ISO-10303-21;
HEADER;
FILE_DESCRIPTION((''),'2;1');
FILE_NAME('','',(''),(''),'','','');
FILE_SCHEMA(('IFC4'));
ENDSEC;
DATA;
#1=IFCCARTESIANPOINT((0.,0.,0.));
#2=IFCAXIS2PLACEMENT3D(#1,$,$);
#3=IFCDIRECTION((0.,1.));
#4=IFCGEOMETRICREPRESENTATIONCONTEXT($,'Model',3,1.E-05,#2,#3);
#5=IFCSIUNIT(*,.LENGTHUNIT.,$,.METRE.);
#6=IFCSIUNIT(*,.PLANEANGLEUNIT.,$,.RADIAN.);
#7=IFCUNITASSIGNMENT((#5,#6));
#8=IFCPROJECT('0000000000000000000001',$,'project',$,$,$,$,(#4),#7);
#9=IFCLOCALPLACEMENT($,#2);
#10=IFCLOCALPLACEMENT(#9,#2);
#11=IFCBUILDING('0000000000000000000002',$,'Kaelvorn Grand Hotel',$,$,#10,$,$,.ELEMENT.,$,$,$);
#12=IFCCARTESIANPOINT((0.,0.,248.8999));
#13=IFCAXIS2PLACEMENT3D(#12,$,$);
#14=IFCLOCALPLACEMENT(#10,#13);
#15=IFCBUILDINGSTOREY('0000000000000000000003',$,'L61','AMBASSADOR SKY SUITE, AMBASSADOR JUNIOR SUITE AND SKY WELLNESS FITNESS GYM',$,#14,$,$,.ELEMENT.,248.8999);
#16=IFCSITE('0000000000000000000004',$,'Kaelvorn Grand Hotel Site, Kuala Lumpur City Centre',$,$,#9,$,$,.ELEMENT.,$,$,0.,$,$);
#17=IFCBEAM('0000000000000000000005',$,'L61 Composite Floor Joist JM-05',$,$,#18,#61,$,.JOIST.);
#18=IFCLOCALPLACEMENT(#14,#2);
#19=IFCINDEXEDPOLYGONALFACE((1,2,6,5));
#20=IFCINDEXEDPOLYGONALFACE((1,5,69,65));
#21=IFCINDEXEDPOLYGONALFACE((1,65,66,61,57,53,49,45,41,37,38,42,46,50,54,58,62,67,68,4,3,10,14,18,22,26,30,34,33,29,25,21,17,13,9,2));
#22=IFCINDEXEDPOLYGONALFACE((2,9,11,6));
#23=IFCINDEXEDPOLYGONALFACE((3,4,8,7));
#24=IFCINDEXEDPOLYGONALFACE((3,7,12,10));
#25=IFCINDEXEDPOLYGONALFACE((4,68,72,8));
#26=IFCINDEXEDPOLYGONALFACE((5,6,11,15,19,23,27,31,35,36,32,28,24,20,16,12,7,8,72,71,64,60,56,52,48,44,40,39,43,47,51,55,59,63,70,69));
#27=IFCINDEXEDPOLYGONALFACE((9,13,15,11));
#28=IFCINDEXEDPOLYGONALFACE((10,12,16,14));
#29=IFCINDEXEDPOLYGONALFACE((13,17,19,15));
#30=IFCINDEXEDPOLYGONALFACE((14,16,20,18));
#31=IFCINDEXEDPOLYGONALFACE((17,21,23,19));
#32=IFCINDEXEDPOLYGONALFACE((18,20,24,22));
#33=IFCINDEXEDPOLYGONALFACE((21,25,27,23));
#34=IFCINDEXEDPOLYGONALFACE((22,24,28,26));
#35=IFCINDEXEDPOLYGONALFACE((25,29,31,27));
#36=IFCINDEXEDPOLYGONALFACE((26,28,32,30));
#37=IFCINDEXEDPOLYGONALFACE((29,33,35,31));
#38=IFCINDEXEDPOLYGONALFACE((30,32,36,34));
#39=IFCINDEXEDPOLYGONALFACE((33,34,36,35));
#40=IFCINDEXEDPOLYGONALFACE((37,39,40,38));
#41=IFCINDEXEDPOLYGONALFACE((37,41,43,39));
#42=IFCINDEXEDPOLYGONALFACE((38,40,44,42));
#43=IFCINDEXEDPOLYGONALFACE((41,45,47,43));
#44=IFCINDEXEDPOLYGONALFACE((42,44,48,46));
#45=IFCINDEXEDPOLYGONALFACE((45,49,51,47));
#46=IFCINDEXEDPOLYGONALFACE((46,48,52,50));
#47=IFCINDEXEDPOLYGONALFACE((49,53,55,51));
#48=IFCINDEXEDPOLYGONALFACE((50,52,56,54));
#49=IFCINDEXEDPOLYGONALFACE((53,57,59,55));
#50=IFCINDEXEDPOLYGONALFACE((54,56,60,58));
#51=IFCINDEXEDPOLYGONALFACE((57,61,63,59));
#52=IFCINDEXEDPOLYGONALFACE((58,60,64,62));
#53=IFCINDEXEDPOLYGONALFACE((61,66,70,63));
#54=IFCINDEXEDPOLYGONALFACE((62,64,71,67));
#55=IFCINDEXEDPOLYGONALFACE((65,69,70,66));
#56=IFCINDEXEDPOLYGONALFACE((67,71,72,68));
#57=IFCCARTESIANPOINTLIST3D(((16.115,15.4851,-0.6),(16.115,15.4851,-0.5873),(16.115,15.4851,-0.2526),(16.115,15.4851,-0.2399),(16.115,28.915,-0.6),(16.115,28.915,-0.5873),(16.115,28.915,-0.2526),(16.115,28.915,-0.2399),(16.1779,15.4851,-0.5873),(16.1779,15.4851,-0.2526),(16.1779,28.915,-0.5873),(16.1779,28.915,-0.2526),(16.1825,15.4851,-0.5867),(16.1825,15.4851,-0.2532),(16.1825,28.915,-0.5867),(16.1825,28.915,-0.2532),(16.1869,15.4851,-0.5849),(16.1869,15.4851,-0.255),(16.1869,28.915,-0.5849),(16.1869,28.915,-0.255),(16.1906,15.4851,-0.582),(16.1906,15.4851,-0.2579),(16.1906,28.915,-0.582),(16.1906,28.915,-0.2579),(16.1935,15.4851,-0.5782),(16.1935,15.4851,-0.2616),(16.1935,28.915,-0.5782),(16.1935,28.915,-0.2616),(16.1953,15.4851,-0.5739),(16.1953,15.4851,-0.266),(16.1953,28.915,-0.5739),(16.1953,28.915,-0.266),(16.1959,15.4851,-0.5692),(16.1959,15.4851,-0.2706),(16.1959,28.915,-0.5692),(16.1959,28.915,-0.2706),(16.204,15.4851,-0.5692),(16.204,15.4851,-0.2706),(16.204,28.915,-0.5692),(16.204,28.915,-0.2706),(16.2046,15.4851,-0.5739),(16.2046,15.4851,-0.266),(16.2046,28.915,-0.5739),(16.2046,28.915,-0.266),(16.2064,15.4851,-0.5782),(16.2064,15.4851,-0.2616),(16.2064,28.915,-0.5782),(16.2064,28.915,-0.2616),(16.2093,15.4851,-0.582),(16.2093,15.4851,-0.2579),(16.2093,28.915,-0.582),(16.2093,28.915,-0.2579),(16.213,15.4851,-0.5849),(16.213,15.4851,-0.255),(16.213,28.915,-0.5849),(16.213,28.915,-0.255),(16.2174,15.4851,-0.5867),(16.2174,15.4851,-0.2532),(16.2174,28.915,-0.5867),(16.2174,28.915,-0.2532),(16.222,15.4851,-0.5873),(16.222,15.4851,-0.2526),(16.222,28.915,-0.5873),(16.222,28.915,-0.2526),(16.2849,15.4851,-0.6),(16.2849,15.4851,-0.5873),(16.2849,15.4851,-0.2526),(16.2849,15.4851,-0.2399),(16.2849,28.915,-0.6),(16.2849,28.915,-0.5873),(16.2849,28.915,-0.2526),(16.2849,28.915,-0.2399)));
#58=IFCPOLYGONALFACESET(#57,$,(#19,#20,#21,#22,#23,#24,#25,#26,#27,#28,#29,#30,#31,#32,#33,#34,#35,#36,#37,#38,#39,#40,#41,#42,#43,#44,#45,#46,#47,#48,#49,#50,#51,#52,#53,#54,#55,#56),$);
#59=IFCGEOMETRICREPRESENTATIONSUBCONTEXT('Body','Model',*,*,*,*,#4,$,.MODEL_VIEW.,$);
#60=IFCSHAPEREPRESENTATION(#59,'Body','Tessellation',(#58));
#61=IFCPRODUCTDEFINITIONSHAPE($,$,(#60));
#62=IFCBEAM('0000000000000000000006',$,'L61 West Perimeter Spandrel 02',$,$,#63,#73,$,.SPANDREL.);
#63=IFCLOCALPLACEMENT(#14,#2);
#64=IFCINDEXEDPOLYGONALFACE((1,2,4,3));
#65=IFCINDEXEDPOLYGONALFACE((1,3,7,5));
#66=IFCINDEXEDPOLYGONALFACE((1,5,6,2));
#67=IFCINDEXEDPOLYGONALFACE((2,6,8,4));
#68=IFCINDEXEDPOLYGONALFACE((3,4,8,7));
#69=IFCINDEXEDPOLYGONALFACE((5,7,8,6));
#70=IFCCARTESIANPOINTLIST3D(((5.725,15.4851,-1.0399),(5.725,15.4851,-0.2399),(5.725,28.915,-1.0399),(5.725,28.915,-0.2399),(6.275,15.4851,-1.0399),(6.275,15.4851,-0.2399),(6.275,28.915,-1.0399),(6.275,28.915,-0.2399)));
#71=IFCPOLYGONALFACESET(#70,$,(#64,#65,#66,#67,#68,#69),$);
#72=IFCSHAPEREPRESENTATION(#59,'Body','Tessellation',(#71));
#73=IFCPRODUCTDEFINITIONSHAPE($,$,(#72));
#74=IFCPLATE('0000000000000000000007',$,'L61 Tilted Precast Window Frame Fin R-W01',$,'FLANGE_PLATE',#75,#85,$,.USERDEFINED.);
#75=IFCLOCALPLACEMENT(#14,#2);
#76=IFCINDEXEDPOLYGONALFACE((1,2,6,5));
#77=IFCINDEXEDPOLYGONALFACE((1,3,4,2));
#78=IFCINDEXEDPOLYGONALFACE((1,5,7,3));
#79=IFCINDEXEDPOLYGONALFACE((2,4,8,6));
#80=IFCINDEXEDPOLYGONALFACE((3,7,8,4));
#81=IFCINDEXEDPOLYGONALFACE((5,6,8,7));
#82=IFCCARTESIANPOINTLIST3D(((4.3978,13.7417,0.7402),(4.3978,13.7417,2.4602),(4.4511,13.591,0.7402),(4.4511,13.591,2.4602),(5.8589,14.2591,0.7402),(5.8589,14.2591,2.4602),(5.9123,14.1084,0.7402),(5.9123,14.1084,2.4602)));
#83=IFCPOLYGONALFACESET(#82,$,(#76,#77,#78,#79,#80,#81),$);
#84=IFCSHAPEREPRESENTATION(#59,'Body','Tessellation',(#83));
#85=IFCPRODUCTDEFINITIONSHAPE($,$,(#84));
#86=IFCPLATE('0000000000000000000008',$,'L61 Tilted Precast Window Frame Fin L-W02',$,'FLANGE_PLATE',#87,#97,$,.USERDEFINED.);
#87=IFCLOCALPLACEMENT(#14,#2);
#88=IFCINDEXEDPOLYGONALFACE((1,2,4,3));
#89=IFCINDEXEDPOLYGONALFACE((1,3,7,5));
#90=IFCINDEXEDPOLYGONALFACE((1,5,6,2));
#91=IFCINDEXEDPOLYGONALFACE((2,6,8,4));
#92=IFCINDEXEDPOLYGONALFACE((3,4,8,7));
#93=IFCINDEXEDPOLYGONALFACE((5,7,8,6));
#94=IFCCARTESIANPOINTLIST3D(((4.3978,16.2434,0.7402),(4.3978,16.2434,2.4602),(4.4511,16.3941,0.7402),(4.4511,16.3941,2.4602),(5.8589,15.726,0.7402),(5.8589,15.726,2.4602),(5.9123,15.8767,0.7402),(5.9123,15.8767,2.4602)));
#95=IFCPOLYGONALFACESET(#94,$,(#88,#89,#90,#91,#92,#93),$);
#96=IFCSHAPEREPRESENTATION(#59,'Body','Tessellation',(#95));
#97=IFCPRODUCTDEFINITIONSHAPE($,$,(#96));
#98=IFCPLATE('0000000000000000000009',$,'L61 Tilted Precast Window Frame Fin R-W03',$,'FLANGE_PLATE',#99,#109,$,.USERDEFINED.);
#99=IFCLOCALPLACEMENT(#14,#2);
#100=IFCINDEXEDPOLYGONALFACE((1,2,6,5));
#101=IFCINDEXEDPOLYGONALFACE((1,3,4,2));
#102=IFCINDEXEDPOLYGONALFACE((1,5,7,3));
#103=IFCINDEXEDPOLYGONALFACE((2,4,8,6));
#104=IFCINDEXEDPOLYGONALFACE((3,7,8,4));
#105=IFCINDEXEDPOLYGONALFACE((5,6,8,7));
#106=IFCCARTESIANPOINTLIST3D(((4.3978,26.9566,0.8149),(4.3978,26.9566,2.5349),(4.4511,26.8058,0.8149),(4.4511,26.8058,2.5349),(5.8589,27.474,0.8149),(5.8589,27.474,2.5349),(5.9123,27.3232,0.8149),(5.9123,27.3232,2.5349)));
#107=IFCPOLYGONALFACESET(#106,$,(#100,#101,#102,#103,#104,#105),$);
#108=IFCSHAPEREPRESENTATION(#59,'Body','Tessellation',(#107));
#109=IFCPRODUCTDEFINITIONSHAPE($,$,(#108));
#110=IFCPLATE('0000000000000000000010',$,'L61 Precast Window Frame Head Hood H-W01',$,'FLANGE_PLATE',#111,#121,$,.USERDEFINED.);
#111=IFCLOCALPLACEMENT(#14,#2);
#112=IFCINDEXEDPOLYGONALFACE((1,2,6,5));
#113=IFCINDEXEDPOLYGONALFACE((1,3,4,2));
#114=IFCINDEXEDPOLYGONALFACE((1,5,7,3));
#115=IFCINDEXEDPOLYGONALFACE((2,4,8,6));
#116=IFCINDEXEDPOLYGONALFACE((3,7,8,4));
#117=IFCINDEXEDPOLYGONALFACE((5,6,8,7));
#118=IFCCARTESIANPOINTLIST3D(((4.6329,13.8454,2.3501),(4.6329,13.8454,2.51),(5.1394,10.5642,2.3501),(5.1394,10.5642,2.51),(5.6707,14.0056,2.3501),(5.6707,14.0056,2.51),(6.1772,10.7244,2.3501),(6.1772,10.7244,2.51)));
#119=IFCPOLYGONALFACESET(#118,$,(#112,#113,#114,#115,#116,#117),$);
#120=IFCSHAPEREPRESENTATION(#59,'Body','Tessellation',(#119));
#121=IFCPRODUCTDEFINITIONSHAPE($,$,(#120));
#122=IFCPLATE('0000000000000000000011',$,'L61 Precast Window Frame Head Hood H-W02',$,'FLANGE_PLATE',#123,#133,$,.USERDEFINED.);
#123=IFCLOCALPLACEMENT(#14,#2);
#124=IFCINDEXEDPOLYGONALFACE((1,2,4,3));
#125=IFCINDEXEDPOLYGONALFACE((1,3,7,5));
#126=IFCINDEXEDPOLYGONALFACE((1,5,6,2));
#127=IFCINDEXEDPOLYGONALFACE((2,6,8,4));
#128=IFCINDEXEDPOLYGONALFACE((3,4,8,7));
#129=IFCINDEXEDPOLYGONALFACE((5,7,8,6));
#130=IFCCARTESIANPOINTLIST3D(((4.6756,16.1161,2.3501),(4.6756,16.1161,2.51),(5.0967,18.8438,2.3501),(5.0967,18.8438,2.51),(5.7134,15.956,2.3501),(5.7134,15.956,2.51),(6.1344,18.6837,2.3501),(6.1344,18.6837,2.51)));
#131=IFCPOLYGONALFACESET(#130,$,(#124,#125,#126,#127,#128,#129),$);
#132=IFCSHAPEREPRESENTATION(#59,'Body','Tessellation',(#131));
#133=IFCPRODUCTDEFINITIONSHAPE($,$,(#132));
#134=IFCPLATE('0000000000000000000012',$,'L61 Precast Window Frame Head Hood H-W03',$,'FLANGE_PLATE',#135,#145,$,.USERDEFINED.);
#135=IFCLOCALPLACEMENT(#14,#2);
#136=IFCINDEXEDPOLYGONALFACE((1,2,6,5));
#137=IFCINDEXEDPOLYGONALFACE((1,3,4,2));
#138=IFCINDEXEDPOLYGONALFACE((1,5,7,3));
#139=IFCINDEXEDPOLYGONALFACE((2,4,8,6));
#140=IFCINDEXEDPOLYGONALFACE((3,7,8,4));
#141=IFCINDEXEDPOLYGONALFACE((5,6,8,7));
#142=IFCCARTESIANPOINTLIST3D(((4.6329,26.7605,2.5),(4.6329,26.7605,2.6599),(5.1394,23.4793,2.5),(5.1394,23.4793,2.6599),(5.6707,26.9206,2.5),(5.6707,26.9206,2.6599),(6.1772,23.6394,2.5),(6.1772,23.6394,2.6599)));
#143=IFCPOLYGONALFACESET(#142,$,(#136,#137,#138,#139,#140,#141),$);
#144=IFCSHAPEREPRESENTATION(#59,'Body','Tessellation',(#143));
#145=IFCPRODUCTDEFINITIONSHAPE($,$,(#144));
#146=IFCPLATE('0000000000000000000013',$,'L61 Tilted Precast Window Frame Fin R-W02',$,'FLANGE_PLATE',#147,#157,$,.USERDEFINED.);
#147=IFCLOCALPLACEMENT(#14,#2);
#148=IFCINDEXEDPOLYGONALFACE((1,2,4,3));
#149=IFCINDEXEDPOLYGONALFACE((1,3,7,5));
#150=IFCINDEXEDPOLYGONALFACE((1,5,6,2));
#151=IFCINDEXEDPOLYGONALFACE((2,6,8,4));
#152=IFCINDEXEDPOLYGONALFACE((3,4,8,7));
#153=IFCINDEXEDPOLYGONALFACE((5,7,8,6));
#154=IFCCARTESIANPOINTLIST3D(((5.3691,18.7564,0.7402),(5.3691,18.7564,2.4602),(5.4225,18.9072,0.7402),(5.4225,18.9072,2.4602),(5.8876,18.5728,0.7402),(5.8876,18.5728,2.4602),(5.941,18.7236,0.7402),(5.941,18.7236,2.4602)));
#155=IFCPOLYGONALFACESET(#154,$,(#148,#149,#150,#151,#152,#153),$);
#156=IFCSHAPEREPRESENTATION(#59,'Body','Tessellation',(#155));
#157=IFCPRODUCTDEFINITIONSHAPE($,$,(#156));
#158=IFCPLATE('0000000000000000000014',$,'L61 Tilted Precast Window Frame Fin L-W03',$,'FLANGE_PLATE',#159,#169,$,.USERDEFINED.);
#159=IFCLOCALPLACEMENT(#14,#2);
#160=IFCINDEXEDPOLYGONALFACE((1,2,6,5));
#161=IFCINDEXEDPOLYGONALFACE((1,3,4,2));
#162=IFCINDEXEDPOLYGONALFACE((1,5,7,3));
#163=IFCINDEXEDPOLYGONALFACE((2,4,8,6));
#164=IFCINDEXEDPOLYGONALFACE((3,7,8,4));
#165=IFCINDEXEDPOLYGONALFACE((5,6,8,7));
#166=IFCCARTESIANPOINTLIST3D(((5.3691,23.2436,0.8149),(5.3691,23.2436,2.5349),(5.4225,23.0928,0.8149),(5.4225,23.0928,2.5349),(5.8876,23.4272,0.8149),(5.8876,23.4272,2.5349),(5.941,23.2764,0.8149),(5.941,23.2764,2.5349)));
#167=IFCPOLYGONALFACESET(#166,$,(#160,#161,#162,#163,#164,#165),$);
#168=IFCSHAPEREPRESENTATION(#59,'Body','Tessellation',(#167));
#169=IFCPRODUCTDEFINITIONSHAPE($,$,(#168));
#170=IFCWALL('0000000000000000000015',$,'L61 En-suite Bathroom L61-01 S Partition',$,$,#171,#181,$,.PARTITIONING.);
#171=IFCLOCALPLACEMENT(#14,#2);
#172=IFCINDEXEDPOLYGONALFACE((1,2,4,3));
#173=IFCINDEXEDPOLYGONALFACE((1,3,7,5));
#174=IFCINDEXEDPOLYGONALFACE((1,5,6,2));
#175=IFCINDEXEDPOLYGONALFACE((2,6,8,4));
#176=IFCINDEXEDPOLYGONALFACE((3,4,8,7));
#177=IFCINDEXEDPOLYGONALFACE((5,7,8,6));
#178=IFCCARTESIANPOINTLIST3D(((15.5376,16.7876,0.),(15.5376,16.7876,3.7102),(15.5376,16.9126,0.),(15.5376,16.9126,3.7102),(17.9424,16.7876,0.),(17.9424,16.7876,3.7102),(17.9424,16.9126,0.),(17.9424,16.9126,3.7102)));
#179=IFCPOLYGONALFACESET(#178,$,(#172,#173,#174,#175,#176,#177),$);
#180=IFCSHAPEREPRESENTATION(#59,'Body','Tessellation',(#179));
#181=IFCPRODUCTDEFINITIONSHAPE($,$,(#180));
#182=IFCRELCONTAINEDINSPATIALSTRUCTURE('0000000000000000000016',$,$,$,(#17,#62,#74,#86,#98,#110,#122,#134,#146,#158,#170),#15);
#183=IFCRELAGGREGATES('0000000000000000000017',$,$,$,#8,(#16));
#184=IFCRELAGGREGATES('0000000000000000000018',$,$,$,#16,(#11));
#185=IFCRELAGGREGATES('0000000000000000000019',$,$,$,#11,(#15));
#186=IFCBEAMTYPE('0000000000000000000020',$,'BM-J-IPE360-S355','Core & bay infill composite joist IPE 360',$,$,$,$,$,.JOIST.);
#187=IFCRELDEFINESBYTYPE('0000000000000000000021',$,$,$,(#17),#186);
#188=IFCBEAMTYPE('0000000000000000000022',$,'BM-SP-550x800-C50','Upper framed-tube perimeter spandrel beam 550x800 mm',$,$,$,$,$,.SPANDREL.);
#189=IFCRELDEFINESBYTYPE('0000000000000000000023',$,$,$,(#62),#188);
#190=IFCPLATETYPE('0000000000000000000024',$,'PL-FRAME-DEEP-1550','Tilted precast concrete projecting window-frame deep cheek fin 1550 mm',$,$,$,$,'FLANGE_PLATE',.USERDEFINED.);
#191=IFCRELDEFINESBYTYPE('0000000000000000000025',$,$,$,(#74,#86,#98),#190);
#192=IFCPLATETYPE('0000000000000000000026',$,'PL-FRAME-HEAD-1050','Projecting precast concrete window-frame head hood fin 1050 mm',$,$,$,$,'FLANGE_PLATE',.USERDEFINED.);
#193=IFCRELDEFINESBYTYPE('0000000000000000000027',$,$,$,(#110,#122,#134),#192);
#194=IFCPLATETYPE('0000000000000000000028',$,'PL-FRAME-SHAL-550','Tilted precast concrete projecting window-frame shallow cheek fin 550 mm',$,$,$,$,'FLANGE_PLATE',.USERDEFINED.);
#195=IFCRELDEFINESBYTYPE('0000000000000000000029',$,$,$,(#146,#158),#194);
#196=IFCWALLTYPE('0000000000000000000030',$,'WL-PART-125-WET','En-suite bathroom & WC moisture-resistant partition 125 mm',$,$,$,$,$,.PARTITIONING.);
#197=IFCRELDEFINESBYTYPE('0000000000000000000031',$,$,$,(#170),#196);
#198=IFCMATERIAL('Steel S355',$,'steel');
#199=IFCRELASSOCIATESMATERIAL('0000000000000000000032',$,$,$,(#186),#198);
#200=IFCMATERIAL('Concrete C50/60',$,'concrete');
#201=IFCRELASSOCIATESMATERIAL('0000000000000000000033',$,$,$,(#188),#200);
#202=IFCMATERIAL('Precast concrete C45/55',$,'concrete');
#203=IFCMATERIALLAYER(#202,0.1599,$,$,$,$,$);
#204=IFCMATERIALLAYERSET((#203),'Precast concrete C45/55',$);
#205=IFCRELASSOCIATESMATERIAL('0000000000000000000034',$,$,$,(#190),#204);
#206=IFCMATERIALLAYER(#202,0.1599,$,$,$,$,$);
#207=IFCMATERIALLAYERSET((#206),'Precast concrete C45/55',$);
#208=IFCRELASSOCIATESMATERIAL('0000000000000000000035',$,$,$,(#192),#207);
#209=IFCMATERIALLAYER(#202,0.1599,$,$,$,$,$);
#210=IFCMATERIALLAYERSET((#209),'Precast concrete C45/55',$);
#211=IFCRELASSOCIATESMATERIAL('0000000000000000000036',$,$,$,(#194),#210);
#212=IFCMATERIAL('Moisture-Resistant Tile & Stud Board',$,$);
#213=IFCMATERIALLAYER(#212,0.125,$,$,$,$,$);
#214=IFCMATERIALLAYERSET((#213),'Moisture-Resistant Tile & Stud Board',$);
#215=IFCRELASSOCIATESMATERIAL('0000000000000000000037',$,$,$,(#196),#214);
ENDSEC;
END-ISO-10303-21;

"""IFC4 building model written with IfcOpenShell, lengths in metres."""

from ifc_helpers import new_model, si_unit, direction, frame, frame_2d, origin, origin_2d, place, context, subcontext, project, spatial, rectangle, i_section, extrude, material, layer, layer_set, material_profile, profile_set, type_object, element, save


model = new_model("IFC4")

# Units and contexts
model_context = context("Model", 3, precision=1e-05, world=origin(), true_north=direction((0.0, 1.0)))
body_context = subcontext(model_context, "Body", "Model", "MODEL_VIEW")
ifc_project = project(units=[si_unit("LENGTHUNIT", "METRE"), si_unit("PLANEANGLEUNIT", "RADIAN")], contexts=[model_context])

# Site, building, storey
site_placement = place(None, origin())
site = spatial("IfcSite", under=ifc_project, at=site_placement, Name="Kaelvorn Grand Hotel Site, Kuala Lumpur City Centre", CompositionType="ELEMENT", RefElevation=0.0)
building_placement = place(site_placement, origin())
building = spatial("IfcBuilding", under=site, at=building_placement, Name="Kaelvorn Grand Hotel", CompositionType="ELEMENT")
storey_placement = place(building_placement, frame((0.0, 0.0, 248.8999)))
storey = spatial("IfcBuildingStorey", under=building, at=storey_placement, Name="L61", Description="AMBASSADOR SKY SUITE, AMBASSADOR JUNIOR SUITE AND SKY WELLNESS FITNESS GYM", CompositionType="ELEMENT", Elevation=248.8999)

# Shared definitions
ifc_material_1 = material(Name="Concrete C50/60", Category="concrete")

# Beams
ifc_material_2 = material(Name="Steel S355", Category="steel")
ifc_material_profile_1 = material_profile(ifc_material_2, i_section(OverallWidth=0.1699, OverallDepth=0.3601, WebThickness=0.0081, FlangeThickness=0.0127, FilletRadius=0.0181, at=origin_2d()), Name="IPE 360")
ifc_profile_set_1 = profile_set([ifc_material_profile_1], Name="Steel S355")
beam_type_1 = type_object("IfcBeamType", Name="BM-J-IPE360-S355", Description="Core & bay infill composite joist IPE 360", PredefinedType="JOIST", material=ifc_profile_set_1)
beam_1_placement = place(storey_placement, frame((16.2, 15.4851, -0.4199), z_axis=(0.0, 1.0, 0.0), x_axis=(-1.0, 0.0, 0.0)))
element("IfcBeam", 1, at=beam_1_placement, inside=storey, type_object=beam_type_1, Name="L61 Composite Floor Joist JM-05", PredefinedType="JOIST", context=body_context, shape_type="SweptSolid", body=[
    extrude(i_section(OverallWidth=0.1699, OverallDepth=0.3601, WebThickness=0.0081, FlangeThickness=0.0127, FilletRadius=0.0181, at=origin_2d()), origin(), (0.0, 0.0, 1.0), 13.4299),
])
ifc_material_profile_2 = material_profile(ifc_material_1, rectangle(XDim=0.55, YDim=0.8, at=origin_2d()), Name="RC SPANDREL 550x800")
ifc_profile_set_2 = profile_set([ifc_material_profile_2], Name="Concrete C50/60")
beam_type_2 = type_object("IfcBeamType", Name="BM-SP-550x800-C50", Description="Upper framed-tube perimeter spandrel beam 550x800 mm", PredefinedType="SPANDREL", material=ifc_profile_set_2)
beam_2_placement = place(storey_placement, frame((6.0, 15.4851, -0.6399), z_axis=(0.0, 1.0, 0.0), x_axis=(-1.0, 0.0, 0.0)))
element("IfcBeam", 2, at=beam_2_placement, inside=storey, type_object=beam_type_2, Name="L61 West Perimeter Spandrel 02", PredefinedType="SPANDREL", context=body_context, shape_type="SweptSolid", body=[
    extrude(rectangle(XDim=0.55, YDim=0.8, at=origin_2d()), origin(), (0.0, 0.0, 1.0), 13.4299),
])

# Plates
ifc_material_3 = material(Name="Precast concrete C45/55", Category="concrete")
ifc_layer_1 = layer(ifc_material_3, 0.1599)
ifc_layer_set_1 = layer_set([ifc_layer_1], Name="Precast concrete C45/55")
plate_type_1 = type_object("IfcPlateType", Name="PL-FRAME-DEEP-1550", Description="Tilted precast concrete projecting window-frame deep cheek fin 1550 mm", ElementType="FLANGE_PLATE", PredefinedType="USERDEFINED", material=ifc_layer_set_1)
for number, where, z_axis, x_axis, name in (
    (3, (5.155, 13.925, 0.7402), (0.0, 0.0, 1.0), (-0.333807, 0.942641, 0.0), "L61 Tilted Precast Window Frame Fin R-W01"),
    (4, (5.155, 16.0601, 0.7402), (0.0, 0.0, 1.0), (0.333807, 0.942641, 0.0), "L61 Tilted Precast Window Frame Fin L-W02"),
    (5, (5.155, 27.1399, 0.8149), (0.0, 0.0, 1.0), (-0.333807, 0.942641, 0.0), "L61 Tilted Precast Window Frame Fin R-W03"),
):
    element("IfcPlate", number, at=place(storey_placement, frame(where, z_axis=z_axis, x_axis=x_axis)), inside=storey, type_object=plate_type_1, Name=name, ObjectType="FLANGE_PLATE", PredefinedType="USERDEFINED", context=body_context, shape_type="SweptSolid", body=[
        extrude(rectangle(XDim=0.1599, YDim=1.55, at=origin_2d()), origin(), (0.0, 0.0, 1.0), 1.72),
    ])
ifc_layer_2 = layer(ifc_material_3, 0.1599)
ifc_layer_set_2 = layer_set([ifc_layer_2], Name="Precast concrete C45/55")
plate_type_2 = type_object("IfcPlateType", Name="PL-FRAME-HEAD-1050", Description="Projecting precast concrete window-frame head hood fin 1050 mm", ElementType="FLANGE_PLATE", PredefinedType="USERDEFINED", material=ifc_layer_set_2)
plate_1_placement = place(storey_placement, frame((5.405, 12.2849, 2.3501), z_axis=(0.0, 0.0, 1.0), x_axis=(-0.152555, 0.988295, 0.0)))
element("IfcPlate", 6, at=plate_1_placement, inside=storey, type_object=plate_type_2, Name="L61 Precast Window Frame Head Hood H-W01", ObjectType="FLANGE_PLATE", PredefinedType="USERDEFINED", context=body_context, shape_type="SweptSolid", body=[
    extrude(rectangle(XDim=3.3201, YDim=1.05, at=origin_2d()), origin(), (0.0, 0.0, 1.0), 0.1599),
])
plate_2_placement = place(storey_placement, frame((5.405, 17.3999, 2.3501), z_axis=(0.0, 0.0, 1.0), x_axis=(0.152555, 0.988295, 0.0)))
element("IfcPlate", 7, at=plate_2_placement, inside=storey, type_object=plate_type_2, Name="L61 Precast Window Frame Head Hood H-W02", ObjectType="FLANGE_PLATE", PredefinedType="USERDEFINED", context=body_context, shape_type="SweptSolid", body=[
    extrude(rectangle(XDim=2.76, YDim=1.05, at=origin_2d()), origin(), (0.0, 0.0, 1.0), 0.1599),
])
plate_3_placement = place(storey_placement, frame((5.405, 25.2, 2.5), z_axis=(0.0, 0.0, 1.0), x_axis=(-0.152555, 0.988295, 0.0)))
element("IfcPlate", 8, at=plate_3_placement, inside=storey, type_object=plate_type_2, Name="L61 Precast Window Frame Head Hood H-W03", ObjectType="FLANGE_PLATE", PredefinedType="USERDEFINED", context=body_context, shape_type="SweptSolid", body=[
    extrude(rectangle(XDim=3.3201, YDim=1.05, at=origin_2d()), origin(), (0.0, 0.0, 1.0), 0.1599),
])
ifc_layer_3 = layer(ifc_material_3, 0.1599)
ifc_layer_set_3 = layer_set([ifc_layer_3], Name="Precast concrete C45/55")
plate_type_3 = type_object("IfcPlateType", Name="PL-FRAME-SHAL-550", Description="Tilted precast concrete projecting window-frame shallow cheek fin 550 mm", ElementType="FLANGE_PLATE", PredefinedType="USERDEFINED", material=ifc_layer_set_3)
for number, where, z_axis, x_axis, name in (
    (9, (5.655, 18.74, 0.7402), (0.0, 0.0, 1.0), (0.333807, 0.942641, 0.0), "L61 Tilted Precast Window Frame Fin R-W02"),
    (10, (5.655, 23.26, 0.8149), (0.0, 0.0, 1.0), (-0.333807, 0.942641, 0.0), "L61 Tilted Precast Window Frame Fin L-W03"),
):
    element("IfcPlate", number, at=place(storey_placement, frame(where, z_axis=z_axis, x_axis=x_axis)), inside=storey, type_object=plate_type_3, Name=name, ObjectType="FLANGE_PLATE", PredefinedType="USERDEFINED", context=body_context, shape_type="SweptSolid", body=[
        extrude(rectangle(XDim=0.1599, YDim=0.55, at=origin_2d()), origin(), (0.0, 0.0, 1.0), 1.72),
    ])

# Wall
ifc_material_4 = material(Name="Moisture-Resistant Tile & Stud Board")
ifc_layer_4 = layer(ifc_material_4, 0.125)
ifc_layer_set_4 = layer_set([ifc_layer_4], Name="Moisture-Resistant Tile & Stud Board")
wall_type_1 = type_object("IfcWallType", Name="WL-PART-125-WET", Description="En-suite bathroom & WC moisture-resistant partition 125 mm", PredefinedType="PARTITIONING", material=ifc_layer_set_4)
wall_1_placement = place(storey_placement, frame((15.5376, 16.8501, 0.0), z_axis=(0.0, 0.0, 1.0), x_axis=(1.0, 0.0, 0.0)))
element("IfcWall", 11, at=wall_1_placement, inside=storey, type_object=wall_type_1, Name="L61 En-suite Bathroom L61-01 S Partition", PredefinedType="PARTITIONING", context=body_context, shape_type="SweptSolid", body=[
    extrude(rectangle(XDim=2.4048, YDim=0.125, at=frame_2d((1.2024, 0.0))), origin(), (0.0, 0.0, 1.0), 3.7102),
])

save(model, "model.ifc")
